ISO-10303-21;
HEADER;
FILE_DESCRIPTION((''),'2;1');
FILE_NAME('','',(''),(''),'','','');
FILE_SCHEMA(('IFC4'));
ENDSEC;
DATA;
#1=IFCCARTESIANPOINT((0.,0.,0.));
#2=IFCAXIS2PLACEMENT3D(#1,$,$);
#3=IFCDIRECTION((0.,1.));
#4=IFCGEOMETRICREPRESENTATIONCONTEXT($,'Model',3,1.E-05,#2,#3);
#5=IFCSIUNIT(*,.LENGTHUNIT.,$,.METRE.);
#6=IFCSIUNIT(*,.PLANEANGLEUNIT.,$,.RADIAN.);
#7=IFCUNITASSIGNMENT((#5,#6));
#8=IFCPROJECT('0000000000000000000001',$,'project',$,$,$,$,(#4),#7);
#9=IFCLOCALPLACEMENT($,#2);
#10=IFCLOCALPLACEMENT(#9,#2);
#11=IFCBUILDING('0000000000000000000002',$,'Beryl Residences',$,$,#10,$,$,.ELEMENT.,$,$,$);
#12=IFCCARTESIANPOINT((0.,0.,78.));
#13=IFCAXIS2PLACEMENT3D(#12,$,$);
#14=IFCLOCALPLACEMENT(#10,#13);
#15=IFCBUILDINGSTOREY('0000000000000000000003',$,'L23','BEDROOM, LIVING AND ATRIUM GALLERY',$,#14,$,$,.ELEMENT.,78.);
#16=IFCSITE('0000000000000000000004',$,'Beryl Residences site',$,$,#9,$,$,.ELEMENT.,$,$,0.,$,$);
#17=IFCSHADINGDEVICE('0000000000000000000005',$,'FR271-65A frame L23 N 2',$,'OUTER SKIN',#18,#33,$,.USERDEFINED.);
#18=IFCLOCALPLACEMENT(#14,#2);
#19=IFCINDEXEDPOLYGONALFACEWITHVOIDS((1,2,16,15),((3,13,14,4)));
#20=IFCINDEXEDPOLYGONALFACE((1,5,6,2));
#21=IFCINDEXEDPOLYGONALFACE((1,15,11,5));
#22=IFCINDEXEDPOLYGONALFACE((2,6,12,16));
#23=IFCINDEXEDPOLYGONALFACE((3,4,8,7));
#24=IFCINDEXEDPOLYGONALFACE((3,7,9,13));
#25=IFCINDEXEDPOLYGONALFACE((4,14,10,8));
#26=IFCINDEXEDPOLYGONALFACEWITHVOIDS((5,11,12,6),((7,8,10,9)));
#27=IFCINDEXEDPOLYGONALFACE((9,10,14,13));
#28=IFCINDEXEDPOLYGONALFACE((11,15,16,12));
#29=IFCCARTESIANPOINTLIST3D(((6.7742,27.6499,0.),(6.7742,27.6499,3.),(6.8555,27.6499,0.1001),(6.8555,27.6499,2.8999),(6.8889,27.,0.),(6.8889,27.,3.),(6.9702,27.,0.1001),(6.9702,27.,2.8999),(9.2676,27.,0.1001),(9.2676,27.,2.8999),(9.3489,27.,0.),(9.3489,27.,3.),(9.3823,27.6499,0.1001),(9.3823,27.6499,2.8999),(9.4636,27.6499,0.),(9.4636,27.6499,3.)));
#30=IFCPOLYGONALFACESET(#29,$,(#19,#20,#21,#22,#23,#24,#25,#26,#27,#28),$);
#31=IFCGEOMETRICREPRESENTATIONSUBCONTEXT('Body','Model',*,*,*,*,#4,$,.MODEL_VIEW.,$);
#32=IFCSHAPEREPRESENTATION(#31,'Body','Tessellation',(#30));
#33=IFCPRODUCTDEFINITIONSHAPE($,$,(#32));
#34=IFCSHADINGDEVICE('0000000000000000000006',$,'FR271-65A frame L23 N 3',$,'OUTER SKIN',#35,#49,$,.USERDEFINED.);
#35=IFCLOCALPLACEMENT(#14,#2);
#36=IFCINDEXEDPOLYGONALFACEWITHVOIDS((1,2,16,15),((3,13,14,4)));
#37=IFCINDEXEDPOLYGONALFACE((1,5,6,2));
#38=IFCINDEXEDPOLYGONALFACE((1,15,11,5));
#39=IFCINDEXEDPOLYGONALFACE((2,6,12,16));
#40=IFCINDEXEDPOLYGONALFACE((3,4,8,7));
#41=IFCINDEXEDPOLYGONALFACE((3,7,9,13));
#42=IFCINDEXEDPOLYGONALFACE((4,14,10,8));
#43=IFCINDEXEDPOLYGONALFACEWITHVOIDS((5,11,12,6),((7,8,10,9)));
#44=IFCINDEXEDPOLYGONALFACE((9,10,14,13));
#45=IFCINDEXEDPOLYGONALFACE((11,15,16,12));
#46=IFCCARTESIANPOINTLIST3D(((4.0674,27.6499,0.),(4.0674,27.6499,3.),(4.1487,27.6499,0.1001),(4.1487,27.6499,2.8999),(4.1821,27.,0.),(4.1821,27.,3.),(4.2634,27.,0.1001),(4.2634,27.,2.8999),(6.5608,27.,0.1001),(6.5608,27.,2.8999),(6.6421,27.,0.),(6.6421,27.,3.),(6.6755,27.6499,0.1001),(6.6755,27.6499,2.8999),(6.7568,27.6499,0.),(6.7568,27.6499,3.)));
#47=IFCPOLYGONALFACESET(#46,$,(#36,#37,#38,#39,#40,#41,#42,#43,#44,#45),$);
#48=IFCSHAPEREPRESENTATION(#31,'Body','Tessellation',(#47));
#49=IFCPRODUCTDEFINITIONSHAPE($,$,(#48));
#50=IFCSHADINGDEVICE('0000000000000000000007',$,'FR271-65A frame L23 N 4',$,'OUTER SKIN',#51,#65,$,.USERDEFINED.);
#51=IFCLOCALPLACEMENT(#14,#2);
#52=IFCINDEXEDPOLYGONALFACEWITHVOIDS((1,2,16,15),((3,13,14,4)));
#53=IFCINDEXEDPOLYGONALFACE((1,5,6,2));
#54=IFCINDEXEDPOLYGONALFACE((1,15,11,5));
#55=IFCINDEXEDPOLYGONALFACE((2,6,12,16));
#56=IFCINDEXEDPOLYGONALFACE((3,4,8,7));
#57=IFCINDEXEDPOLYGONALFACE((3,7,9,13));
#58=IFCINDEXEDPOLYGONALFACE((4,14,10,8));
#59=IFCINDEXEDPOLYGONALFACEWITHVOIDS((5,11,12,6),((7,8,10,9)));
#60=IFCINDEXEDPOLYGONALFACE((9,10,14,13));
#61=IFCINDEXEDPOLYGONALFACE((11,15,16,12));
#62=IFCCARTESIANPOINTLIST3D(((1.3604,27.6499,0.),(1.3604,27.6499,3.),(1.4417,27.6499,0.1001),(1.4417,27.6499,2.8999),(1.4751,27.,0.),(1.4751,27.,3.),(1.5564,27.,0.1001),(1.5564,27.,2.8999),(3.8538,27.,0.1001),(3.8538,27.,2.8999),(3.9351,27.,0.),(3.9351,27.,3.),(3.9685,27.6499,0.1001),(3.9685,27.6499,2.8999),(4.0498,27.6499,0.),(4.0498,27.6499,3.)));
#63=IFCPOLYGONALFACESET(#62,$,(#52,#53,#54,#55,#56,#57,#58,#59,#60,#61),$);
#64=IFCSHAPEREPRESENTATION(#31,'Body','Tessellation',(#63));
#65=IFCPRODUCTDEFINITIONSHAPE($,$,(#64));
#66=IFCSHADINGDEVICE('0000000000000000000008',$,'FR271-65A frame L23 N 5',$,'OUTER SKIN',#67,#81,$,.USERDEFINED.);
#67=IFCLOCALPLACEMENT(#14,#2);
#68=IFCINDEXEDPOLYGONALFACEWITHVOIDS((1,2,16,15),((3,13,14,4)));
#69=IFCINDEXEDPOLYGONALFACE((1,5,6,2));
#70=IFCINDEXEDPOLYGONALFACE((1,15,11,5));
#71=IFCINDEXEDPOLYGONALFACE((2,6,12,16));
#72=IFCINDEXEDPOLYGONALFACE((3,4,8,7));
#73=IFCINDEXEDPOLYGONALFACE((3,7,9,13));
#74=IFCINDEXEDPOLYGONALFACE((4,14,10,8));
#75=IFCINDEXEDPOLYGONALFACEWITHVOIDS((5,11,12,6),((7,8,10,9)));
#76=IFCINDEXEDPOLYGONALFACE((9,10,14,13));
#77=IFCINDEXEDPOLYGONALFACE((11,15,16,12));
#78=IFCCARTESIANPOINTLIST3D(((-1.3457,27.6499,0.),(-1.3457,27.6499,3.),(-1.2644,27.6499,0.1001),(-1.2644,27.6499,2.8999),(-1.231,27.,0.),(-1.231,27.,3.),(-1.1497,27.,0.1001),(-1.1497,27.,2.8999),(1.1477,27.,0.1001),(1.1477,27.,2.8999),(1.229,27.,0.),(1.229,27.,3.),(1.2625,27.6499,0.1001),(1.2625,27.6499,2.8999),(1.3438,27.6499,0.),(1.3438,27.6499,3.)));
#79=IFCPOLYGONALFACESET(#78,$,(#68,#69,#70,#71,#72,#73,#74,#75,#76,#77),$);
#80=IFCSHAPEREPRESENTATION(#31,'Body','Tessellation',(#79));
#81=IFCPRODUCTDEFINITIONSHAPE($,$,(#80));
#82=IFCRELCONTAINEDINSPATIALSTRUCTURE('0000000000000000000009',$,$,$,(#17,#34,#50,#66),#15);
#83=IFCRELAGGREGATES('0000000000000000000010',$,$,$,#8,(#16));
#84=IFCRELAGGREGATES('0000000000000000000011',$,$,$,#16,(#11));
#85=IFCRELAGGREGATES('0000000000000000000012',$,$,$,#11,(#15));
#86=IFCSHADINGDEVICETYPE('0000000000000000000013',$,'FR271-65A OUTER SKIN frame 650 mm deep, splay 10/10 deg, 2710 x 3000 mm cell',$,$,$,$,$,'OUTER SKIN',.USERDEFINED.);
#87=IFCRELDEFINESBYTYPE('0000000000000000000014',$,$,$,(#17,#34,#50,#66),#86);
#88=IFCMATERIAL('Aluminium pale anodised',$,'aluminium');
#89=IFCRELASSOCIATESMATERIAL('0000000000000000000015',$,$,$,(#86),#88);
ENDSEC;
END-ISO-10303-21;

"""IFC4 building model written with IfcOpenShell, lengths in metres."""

from ifc_helpers import new_model, entity, si_unit, direction, frame, origin, place, context, subcontext, project, spatial, source, transform, mapped, material, type_object, type_shapes, element, save


model = new_model("IFC4")

# Units and contexts
model_context = context("Model", 3, precision=1e-05, world=origin(), true_north=direction((0.0, 1.0)))
body_context = subcontext(model_context, "Body", "Model", "MODEL_VIEW")
ifc_project = project(units=[si_unit("LENGTHUNIT", "METRE"), si_unit("PLANEANGLEUNIT", "RADIAN")], contexts=[model_context])

# Site, building, storey
site_placement = place(None, origin())
site = spatial("IfcSite", under=ifc_project, at=site_placement, Name="Beryl Residences site", CompositionType="ELEMENT", RefElevation=0.0)
building_placement = place(site_placement, origin())
building = spatial("IfcBuilding", under=site, at=building_placement, Name="Beryl Residences", CompositionType="ELEMENT")
storey_placement = place(building_placement, frame((0.0, 0.0, 78.0)))
storey = spatial("IfcBuildingStorey", under=building, at=storey_placement, Name="L23", Description="BEDROOM, LIVING AND ATRIUM GALLERY", CompositionType="ELEMENT", Elevation=78.0)

# Shading devices
ifc_material_1 = material(Name="Aluminium pale anodised", Category="aluminium")
shading_device_type = type_object("IfcShadingDeviceType", Name="FR271-65A OUTER SKIN frame 650 mm deep, splay 10/10 deg, 2710 x 3000 mm cell", ElementType="OUTER SKIN", PredefinedType="USERDEFINED", material=ifc_material_1)
cartesian_point_1 = entity("IfcCartesianPoint", [-1.23, 0.0])
cartesian_point_2 = entity("IfcCartesianPoint", [-1.1487, 0.1001])
cartesian_point_3 = entity("IfcCartesianPoint", [-1.3447, 0.0])
cartesian_point_4 = entity("IfcCartesianPoint", [-1.2634, 0.1001])
shared_shape = source(origin(), body_context, "Body", "SweptSolid", [
    entity("IfcExtrudedAreaSolidTapered", entity("IfcArbitraryProfileDefWithVoids", "AREA", None, entity("IfcPolyline", [cartesian_point_1, entity("IfcCartesianPoint", [1.23, 0.0]), entity("IfcCartesianPoint", [1.23, 3.0]), entity("IfcCartesianPoint", [-1.23, 3.0]), cartesian_point_1]), [entity("IfcPolyline", [cartesian_point_2, entity("IfcCartesianPoint", [1.1487, 0.1001]), entity("IfcCartesianPoint", [1.1487, 2.8999]), entity("IfcCartesianPoint", [-1.1487, 2.8999]), cartesian_point_2])]), entity("IfcAxis2Placement3D", entity("IfcCartesianPoint", [0.0, 0.0, 0.0]), entity("IfcDirection", [0.0, 1.0, 0.0]), entity("IfcDirection", [-1.0, 0.0, 0.0])), entity("IfcDirection", [0.0, 0.0, 1.0]), 0.6499, entity("IfcArbitraryProfileDefWithVoids", "AREA", None, entity("IfcPolyline", [cartesian_point_3, entity("IfcCartesianPoint", [1.3447, 0.0]), entity("IfcCartesianPoint", [1.3447, 3.0]), entity("IfcCartesianPoint", [-1.3447, 3.0]), cartesian_point_3]), [entity("IfcPolyline", [cartesian_point_4, entity("IfcCartesianPoint", [1.2634, 0.1001]), entity("IfcCartesianPoint", [1.2634, 2.8999]), entity("IfcCartesianPoint", [-1.2634, 2.8999]), cartesian_point_4])])),
])
type_shapes(shading_device_type, [shared_shape])
for number, where, z_axis, x_axis, name in (
    (1, (8.1189, 27.0, 0.0), (0.0, 0.0, 1.0), (1.0, 0.0, 0.0), "FR271-65A frame L23 N 2"),
    (2, (5.4121, 27.0, 0.0), (0.0, 0.0, 1.0), (1.0, 0.0, 0.0), "FR271-65A frame L23 N 3"),
    (3, (2.7051, 27.0, 0.0), (0.0, 0.0, 1.0), (1.0, 0.0, 0.0), "FR271-65A frame L23 N 4"),
    (4, (-0.001, 27.0, 0.0), (0.0, 0.0, 1.0), (1.0, 0.0, 0.0), "FR271-65A frame L23 N 5"),
):
    element("IfcShadingDevice", number, at=place(storey_placement, frame(where, z_axis=z_axis, x_axis=x_axis)), inside=storey, type_object=shading_device_type, Name=name, ObjectType="OUTER SKIN", PredefinedType="USERDEFINED", context=body_context, shape_type="MappedRepresentation", body=[
        mapped(shared_shape, transform((0.0, 0.0, 0.0))),
    ])

save(model, "model.ifc")
